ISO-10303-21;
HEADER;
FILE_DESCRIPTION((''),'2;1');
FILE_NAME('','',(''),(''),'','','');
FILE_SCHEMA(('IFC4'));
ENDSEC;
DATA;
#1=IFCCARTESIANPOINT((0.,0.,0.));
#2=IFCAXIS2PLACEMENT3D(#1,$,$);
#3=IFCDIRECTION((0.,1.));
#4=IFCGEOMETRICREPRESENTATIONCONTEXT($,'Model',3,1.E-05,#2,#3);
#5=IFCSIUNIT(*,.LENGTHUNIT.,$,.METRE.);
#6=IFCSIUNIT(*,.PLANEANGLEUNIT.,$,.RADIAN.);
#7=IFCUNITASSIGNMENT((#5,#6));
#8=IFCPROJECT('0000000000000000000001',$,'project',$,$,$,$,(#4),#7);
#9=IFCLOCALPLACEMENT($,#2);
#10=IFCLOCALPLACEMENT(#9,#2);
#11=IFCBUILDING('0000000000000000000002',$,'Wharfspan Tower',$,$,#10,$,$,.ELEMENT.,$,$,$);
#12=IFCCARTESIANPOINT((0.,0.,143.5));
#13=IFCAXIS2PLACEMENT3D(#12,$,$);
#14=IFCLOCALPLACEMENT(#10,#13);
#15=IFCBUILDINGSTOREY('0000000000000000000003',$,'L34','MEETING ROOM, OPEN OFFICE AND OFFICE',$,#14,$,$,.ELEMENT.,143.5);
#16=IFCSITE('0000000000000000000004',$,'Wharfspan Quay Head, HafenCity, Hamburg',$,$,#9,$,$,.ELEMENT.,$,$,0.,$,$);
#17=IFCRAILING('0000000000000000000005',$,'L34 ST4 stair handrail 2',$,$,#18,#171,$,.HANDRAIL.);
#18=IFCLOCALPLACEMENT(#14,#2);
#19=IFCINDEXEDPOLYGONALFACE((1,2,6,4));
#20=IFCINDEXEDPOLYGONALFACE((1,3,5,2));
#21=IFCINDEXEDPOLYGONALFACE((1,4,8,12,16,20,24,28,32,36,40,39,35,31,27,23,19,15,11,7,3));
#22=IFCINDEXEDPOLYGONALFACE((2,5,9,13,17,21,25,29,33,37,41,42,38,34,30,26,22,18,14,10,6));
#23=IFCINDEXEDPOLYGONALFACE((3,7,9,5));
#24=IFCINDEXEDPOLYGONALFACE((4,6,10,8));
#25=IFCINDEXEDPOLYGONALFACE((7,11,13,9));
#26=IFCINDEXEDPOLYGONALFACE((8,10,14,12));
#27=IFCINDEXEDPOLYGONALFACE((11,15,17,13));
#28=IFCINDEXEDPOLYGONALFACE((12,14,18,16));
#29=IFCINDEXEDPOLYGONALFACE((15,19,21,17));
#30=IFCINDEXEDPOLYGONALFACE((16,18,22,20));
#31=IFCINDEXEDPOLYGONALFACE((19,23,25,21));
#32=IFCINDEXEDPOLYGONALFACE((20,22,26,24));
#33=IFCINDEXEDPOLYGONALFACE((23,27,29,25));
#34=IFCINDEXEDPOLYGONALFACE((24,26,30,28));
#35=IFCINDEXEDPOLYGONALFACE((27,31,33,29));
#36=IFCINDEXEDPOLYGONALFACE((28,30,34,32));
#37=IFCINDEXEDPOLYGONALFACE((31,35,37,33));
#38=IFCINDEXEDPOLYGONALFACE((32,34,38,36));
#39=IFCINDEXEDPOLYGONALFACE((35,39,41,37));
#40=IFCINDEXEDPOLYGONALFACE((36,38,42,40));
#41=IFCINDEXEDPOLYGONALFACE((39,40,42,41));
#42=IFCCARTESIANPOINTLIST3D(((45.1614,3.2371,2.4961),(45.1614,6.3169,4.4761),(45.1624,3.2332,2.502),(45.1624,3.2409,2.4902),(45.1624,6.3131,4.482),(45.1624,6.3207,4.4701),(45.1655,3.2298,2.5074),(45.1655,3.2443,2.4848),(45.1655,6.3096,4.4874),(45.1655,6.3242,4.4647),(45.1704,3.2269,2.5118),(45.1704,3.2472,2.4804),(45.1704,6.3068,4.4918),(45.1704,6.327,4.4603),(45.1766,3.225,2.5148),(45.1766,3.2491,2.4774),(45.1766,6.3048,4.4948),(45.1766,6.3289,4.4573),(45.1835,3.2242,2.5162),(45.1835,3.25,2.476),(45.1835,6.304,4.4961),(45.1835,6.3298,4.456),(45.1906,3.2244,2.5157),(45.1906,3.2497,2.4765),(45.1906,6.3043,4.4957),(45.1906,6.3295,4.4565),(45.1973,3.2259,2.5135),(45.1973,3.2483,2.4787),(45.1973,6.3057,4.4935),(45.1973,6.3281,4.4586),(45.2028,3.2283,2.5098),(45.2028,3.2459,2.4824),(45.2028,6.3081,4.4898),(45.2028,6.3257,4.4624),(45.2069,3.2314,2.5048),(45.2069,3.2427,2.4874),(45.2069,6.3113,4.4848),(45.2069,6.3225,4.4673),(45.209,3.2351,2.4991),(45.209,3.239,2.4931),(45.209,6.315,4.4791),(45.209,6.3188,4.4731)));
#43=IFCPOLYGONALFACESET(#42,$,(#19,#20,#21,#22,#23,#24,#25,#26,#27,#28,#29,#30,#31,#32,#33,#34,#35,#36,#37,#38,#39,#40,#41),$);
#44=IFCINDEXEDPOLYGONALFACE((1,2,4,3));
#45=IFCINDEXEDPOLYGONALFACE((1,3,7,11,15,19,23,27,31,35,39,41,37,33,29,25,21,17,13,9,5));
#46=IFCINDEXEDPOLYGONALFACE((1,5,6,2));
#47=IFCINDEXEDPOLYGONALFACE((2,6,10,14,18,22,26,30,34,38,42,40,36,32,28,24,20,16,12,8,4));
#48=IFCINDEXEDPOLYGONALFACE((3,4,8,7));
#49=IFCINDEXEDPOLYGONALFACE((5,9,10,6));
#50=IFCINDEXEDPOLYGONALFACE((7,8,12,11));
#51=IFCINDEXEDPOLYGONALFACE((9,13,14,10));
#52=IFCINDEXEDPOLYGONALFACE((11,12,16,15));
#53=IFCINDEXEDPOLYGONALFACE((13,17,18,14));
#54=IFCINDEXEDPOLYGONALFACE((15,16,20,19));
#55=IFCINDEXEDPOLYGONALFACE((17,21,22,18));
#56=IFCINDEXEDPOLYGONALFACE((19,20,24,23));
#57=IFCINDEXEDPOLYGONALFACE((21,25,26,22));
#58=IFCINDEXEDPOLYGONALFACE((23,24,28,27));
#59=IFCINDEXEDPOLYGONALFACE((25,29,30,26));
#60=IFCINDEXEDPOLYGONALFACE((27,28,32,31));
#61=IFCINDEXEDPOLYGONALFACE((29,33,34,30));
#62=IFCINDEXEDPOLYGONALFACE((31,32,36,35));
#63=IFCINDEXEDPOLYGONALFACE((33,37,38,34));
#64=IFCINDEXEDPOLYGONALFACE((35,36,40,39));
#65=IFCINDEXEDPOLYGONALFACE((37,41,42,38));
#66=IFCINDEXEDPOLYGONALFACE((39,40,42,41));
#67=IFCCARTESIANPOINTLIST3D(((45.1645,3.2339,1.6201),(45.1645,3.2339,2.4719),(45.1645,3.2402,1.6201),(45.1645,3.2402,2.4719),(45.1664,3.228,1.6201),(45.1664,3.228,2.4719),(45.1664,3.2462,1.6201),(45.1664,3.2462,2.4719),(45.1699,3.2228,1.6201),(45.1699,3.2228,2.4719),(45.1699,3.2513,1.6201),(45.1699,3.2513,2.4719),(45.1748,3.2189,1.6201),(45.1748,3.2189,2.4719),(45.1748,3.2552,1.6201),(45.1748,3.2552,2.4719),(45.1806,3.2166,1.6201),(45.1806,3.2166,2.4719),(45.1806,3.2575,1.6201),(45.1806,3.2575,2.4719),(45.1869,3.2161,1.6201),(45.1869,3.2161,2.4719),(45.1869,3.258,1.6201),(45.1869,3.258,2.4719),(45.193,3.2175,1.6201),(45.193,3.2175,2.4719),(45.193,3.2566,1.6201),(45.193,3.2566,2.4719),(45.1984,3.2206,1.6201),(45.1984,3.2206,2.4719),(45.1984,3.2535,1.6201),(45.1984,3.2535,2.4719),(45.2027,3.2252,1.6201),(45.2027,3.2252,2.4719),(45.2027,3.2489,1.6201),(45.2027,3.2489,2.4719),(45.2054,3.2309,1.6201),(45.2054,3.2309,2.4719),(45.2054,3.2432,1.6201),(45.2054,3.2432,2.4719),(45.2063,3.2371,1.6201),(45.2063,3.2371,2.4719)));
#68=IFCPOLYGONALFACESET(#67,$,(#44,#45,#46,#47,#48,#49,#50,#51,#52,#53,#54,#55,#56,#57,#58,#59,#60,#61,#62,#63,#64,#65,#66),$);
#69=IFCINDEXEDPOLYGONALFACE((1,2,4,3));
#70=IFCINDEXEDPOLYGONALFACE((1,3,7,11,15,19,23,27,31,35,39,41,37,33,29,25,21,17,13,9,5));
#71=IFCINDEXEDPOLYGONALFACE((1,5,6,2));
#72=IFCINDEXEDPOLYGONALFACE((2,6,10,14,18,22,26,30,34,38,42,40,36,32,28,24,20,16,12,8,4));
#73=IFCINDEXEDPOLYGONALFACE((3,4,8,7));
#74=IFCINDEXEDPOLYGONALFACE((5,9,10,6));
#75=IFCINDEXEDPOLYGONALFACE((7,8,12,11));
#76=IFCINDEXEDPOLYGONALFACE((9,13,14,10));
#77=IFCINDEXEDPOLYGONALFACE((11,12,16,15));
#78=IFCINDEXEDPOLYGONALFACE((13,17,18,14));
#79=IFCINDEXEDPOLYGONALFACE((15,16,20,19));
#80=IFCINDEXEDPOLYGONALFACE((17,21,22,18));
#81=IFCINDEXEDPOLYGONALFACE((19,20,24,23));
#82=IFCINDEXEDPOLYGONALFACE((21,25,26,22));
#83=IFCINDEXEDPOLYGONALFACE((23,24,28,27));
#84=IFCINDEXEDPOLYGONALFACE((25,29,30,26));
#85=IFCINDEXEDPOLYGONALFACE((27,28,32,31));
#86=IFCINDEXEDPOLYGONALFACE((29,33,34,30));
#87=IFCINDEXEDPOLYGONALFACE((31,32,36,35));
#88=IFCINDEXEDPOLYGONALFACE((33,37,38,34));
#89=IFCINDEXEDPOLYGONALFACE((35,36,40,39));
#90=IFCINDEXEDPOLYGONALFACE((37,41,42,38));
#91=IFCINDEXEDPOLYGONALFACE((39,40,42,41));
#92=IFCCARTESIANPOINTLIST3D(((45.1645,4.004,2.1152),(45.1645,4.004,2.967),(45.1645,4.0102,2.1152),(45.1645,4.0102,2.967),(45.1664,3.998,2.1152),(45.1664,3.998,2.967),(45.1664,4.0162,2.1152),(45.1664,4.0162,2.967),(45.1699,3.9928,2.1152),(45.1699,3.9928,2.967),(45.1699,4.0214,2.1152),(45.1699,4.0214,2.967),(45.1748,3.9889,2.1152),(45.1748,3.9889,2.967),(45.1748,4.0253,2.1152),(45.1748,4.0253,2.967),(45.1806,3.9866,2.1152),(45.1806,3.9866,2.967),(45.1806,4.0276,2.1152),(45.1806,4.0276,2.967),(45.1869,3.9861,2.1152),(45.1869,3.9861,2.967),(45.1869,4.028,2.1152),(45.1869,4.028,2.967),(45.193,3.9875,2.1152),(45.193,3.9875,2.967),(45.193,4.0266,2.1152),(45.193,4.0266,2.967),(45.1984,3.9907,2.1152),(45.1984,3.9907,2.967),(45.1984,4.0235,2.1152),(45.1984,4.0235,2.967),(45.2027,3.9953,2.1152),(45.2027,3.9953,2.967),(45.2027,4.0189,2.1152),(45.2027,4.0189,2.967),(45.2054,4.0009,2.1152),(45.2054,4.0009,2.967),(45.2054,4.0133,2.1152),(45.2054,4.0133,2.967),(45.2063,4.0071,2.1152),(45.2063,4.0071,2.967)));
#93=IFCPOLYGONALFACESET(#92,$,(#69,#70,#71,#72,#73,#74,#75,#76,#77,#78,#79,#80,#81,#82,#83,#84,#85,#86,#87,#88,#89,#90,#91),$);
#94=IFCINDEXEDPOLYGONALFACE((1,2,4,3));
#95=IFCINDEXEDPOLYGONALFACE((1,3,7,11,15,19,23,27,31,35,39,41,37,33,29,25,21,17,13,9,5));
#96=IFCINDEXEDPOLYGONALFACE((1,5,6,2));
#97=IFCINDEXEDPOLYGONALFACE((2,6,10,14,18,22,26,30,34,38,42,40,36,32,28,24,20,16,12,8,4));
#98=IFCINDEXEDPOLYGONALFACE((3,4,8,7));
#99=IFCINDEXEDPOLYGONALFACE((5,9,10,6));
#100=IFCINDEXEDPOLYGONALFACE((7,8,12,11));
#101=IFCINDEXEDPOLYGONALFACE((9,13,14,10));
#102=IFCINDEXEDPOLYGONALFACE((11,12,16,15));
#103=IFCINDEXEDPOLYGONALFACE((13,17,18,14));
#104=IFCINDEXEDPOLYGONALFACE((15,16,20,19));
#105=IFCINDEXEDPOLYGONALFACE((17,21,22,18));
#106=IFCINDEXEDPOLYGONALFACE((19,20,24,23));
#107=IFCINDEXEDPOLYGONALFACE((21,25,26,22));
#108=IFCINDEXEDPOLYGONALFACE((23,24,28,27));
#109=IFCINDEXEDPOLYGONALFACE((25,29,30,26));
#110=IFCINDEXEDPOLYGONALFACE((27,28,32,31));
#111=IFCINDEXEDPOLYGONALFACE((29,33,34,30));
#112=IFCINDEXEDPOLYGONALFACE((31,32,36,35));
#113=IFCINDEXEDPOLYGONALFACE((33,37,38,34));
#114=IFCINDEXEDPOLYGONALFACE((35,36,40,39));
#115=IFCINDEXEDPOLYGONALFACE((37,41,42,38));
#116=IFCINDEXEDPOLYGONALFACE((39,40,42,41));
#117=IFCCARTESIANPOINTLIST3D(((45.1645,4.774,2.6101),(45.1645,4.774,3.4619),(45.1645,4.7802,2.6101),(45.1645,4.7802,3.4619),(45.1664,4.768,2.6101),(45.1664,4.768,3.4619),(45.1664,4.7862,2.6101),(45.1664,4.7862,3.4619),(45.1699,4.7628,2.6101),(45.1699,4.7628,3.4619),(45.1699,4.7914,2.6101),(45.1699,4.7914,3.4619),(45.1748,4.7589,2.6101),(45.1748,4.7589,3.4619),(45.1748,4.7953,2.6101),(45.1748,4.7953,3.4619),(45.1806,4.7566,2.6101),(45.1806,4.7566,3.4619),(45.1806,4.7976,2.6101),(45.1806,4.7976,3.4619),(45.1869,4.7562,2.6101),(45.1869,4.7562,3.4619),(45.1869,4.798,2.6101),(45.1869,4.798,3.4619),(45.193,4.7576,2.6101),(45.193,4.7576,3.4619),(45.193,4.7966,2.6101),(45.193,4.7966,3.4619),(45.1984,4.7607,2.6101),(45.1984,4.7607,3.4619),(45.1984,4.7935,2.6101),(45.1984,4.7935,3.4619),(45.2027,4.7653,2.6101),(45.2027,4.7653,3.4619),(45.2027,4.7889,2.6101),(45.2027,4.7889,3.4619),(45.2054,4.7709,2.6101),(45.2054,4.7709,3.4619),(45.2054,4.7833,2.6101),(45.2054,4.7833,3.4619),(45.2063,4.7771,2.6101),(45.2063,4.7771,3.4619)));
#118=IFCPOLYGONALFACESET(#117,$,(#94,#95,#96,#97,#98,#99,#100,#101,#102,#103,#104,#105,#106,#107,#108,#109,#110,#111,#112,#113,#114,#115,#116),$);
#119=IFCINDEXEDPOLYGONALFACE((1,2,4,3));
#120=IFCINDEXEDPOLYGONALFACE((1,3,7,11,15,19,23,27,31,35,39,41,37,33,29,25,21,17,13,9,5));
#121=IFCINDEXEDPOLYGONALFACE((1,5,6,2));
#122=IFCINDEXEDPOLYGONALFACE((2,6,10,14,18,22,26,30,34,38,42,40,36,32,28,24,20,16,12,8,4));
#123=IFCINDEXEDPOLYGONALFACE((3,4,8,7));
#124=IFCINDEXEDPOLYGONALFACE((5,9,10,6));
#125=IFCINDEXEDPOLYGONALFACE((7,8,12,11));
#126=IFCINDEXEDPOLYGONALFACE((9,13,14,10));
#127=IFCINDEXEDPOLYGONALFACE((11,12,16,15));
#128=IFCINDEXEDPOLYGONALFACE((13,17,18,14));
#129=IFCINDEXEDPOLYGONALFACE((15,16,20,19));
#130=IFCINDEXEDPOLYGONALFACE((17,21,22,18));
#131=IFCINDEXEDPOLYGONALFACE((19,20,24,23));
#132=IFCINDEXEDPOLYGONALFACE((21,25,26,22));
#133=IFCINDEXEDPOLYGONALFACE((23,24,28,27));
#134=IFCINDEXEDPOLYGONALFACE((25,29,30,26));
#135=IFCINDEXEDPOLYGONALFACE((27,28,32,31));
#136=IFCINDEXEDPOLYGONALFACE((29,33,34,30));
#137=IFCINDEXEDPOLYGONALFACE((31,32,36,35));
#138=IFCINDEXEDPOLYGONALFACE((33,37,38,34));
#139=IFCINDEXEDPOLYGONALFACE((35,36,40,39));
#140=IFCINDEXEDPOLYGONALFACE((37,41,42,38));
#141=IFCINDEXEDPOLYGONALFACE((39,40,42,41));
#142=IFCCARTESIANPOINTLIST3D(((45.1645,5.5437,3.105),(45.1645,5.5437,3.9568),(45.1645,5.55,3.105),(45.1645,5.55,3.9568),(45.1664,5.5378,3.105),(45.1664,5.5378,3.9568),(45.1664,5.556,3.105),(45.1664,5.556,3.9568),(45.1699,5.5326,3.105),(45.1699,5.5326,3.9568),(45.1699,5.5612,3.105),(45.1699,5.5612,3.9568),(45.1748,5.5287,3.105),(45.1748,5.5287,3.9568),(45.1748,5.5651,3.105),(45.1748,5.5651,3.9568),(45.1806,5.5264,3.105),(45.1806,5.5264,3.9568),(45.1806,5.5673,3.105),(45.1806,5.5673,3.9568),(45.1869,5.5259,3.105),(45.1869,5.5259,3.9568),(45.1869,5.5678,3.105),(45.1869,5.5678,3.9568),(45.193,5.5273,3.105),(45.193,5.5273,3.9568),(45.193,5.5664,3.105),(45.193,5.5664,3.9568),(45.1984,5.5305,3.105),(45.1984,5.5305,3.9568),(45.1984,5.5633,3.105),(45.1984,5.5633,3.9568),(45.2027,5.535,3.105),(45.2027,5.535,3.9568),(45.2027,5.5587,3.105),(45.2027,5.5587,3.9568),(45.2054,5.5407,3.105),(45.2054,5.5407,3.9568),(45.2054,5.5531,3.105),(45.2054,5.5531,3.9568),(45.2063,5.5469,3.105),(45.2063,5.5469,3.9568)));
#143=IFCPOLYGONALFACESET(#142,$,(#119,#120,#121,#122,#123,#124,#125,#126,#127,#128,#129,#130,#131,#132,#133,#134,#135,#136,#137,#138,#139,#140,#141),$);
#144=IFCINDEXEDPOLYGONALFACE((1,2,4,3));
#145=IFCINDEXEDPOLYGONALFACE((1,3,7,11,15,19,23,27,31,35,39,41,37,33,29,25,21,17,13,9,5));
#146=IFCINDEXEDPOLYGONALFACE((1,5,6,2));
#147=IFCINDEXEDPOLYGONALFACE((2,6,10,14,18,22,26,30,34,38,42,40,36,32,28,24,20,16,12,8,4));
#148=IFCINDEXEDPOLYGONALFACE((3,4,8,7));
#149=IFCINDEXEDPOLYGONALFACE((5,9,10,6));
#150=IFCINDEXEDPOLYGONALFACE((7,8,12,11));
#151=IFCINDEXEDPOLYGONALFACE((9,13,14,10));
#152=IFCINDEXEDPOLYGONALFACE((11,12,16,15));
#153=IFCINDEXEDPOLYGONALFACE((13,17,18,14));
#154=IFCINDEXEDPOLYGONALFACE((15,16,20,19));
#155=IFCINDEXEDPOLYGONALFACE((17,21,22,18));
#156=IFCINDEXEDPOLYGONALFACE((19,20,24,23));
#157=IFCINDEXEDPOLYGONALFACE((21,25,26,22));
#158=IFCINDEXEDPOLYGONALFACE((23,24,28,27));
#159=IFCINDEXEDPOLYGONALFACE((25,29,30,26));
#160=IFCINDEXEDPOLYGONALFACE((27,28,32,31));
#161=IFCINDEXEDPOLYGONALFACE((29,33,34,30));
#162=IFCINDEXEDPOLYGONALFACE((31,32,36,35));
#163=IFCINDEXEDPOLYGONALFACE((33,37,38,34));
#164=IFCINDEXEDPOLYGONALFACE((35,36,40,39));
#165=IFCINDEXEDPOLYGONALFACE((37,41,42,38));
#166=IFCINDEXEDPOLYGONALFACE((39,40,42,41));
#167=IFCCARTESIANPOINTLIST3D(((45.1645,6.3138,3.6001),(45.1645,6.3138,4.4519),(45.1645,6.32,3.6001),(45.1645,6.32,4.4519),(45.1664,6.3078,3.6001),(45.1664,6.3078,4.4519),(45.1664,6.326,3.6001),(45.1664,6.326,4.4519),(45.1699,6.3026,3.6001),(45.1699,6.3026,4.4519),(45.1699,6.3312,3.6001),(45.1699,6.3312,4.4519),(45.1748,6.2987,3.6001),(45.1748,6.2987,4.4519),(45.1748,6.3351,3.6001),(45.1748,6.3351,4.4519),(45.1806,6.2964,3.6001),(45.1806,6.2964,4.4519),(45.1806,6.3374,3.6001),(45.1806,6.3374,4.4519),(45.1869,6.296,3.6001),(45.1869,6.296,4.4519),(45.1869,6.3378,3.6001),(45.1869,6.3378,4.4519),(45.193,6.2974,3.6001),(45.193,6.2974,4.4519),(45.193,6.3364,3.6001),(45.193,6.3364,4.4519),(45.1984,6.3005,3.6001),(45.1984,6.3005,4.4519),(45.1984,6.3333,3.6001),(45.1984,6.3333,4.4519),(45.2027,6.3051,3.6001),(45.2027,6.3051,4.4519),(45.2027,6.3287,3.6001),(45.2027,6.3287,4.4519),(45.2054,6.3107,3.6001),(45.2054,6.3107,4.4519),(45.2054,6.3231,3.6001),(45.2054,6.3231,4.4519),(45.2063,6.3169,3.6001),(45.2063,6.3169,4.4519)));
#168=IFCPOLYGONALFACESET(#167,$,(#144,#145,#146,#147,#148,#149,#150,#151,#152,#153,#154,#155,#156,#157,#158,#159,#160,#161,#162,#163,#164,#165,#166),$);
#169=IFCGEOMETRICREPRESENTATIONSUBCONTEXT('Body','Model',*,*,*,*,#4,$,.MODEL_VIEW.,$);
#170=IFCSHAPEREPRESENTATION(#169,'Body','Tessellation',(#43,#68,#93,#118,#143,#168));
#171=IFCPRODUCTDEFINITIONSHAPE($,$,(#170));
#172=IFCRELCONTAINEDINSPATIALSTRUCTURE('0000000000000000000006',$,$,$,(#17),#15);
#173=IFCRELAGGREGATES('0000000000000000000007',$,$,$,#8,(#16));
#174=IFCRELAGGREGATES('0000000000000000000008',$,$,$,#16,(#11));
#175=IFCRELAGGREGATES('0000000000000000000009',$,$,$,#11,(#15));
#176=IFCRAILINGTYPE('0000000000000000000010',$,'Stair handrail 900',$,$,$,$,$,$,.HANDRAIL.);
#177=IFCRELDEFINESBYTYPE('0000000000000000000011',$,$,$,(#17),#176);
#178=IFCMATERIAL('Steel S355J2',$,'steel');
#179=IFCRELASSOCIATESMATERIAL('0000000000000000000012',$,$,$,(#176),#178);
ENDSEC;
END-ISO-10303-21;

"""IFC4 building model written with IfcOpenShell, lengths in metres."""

from ifc_helpers import new_model, si_unit, direction, frame, origin, origin_2d, place, context, subcontext, project, spatial, circle, extrude, material, type_object, element, save


model = new_model("IFC4")

# Units and contexts
model_context = context("Model", 3, precision=1e-05, world=origin(), true_north=direction((0.0, 1.0)))
body_context = subcontext(model_context, "Body", "Model", "MODEL_VIEW")
ifc_project = project(units=[si_unit("LENGTHUNIT", "METRE"), si_unit("PLANEANGLEUNIT", "RADIAN")], contexts=[model_context])

# Site, building, storey
site_placement = place(None, origin())
site = spatial("IfcSite", under=ifc_project, at=site_placement, Name="Wharfspan Quay Head, HafenCity, Hamburg", CompositionType="ELEMENT", RefElevation=0.0)
building_placement = place(site_placement, origin())
building = spatial("IfcBuilding", under=site, at=building_placement, Name="Wharfspan Tower", CompositionType="ELEMENT")
storey_placement = place(building_placement, frame((0.0, 0.0, 143.5)))
storey = spatial("IfcBuildingStorey", under=building, at=storey_placement, Name="L34", Description="MEETING ROOM, OPEN OFFICE AND OFFICE", CompositionType="ELEMENT", Elevation=143.5)

# Shared definitions
ifc_material_1 = material(Name="Steel S355J2", Category="steel")

# Railing
railing_type_1 = type_object("IfcRailingType", Name="Stair handrail 900", PredefinedType="HANDRAIL", material=ifc_material_1)
railing_1_placement = place(storey_placement, frame((45.1853, 3.2371, 1.6201)))
element("IfcRailing", 1, at=railing_1_placement, inside=storey, type_object=railing_type_1, Name="L34 ST4 stair handrail 2", PredefinedType="HANDRAIL", context=body_context, shape_type="SweptSolid", body=[
    extrude(circle(Radius=0.0239, at=origin_2d()), frame((0.0, 0.0, 0.876), z_axis=(0.0, 0.841168, 0.540774), x_axis=(-1.0, 0.0, 0.0)), (0.0, 0.0, 1.0), 3.6614),
    extrude(circle(Radius=0.021, at=origin_2d()), origin(), (0.0, 0.0, 1.0), 0.8518),
    extrude(circle(Radius=0.021, at=origin_2d()), frame((0.0, 0.77, 0.4951)), (0.0, 0.0, 1.0), 0.8518),
    extrude(circle(Radius=0.021, at=origin_2d()), frame((0.0, 1.54, 0.99)), (0.0, 0.0, 1.0), 0.8518),
    extrude(circle(Radius=0.021, at=origin_2d()), frame((0.0, 2.3098, 1.4849)), (0.0, 0.0, 1.0), 0.8518),
    extrude(circle(Radius=0.021, at=origin_2d()), frame((0.0, 3.0798, 1.98)), (0.0, 0.0, 1.0), 0.8518),
])

save(model, "model.ifc")
